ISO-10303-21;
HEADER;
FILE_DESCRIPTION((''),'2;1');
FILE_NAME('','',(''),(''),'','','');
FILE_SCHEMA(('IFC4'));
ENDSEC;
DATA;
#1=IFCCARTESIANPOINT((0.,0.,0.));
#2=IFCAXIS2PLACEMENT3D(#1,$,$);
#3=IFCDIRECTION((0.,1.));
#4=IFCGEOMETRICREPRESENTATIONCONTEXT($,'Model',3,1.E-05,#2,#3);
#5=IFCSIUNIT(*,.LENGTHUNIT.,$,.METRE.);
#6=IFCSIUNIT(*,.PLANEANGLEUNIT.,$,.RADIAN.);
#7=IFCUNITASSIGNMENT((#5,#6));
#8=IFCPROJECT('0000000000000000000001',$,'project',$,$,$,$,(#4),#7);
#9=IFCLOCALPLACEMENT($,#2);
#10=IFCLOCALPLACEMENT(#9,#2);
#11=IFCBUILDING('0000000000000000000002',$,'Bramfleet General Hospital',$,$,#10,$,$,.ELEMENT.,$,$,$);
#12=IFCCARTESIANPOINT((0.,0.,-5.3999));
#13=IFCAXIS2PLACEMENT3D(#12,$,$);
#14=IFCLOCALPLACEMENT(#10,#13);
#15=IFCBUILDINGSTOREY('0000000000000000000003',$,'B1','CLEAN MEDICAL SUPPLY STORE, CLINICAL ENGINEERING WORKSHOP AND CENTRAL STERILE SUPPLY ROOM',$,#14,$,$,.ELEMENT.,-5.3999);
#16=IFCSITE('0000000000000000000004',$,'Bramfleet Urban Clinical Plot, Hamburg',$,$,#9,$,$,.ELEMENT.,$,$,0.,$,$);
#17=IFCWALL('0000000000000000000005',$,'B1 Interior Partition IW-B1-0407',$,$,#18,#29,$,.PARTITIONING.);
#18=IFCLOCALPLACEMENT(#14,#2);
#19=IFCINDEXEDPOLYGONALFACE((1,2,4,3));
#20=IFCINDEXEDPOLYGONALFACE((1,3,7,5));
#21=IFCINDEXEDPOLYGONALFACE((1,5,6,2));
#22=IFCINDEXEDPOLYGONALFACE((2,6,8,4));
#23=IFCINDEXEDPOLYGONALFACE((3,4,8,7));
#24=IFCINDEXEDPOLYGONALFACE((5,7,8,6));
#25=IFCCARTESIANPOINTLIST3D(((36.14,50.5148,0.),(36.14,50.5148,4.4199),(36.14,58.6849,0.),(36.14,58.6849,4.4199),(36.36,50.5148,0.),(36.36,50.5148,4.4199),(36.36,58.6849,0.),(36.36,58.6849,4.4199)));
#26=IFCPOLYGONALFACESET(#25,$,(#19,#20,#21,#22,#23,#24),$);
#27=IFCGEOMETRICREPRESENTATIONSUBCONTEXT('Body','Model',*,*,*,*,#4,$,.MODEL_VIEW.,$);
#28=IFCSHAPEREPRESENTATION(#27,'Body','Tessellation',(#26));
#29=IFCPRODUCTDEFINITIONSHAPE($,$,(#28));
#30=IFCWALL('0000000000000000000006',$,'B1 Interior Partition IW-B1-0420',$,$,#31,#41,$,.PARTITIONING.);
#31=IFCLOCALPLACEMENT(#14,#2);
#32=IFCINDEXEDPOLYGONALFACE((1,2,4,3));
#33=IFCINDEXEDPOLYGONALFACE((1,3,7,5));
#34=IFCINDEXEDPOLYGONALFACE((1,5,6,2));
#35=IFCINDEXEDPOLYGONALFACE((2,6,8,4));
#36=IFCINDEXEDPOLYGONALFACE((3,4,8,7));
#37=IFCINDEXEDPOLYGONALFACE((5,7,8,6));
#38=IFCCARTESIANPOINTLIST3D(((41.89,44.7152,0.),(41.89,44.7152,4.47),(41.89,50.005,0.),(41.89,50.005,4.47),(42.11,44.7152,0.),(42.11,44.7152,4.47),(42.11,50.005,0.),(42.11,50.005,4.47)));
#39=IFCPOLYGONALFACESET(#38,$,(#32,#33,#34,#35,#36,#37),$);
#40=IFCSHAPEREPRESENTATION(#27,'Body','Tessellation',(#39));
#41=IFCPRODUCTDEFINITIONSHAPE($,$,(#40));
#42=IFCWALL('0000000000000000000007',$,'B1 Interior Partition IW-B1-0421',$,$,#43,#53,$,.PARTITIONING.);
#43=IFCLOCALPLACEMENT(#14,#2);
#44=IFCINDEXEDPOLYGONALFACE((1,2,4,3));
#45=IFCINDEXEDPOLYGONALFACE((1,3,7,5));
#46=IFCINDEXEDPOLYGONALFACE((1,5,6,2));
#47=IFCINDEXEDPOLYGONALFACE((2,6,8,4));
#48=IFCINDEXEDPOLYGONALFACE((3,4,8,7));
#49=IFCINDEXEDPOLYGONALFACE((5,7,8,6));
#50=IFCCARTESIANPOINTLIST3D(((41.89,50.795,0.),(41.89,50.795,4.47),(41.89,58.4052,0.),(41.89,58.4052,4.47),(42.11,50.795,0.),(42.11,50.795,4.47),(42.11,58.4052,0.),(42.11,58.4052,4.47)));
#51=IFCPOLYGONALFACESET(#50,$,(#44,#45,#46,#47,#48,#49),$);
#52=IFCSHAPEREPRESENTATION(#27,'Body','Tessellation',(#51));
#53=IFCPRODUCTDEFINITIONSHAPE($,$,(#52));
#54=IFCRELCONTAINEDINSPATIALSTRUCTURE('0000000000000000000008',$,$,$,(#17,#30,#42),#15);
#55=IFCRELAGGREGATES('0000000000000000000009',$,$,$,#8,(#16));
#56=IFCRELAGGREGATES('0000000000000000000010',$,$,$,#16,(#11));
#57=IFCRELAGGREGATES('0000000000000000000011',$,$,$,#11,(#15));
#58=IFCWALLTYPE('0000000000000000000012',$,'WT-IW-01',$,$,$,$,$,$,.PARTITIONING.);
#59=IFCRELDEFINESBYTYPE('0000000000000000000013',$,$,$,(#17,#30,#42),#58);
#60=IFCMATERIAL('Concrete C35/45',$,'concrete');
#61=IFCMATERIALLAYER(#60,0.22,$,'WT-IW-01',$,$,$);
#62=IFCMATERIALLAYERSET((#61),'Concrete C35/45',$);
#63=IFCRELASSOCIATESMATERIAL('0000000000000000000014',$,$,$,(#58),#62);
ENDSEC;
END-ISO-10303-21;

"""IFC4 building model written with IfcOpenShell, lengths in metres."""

from ifc_helpers import new_model, si_unit, direction, frame, frame_2d, origin, place, context, subcontext, project, spatial, rectangle, extrude, material, layer, layer_set, type_object, element, save


model = new_model("IFC4")

# Units and contexts
model_context = context("Model", 3, precision=1e-05, world=origin(), true_north=direction((0.0, 1.0)))
body_context = subcontext(model_context, "Body", "Model", "MODEL_VIEW")
ifc_project = project(units=[si_unit("LENGTHUNIT", "METRE"), si_unit("PLANEANGLEUNIT", "RADIAN")], contexts=[model_context])

# Site, building, storey
site_placement = place(None, origin())
site = spatial("IfcSite", under=ifc_project, at=site_placement, Name="Bramfleet Urban Clinical Plot, Hamburg", CompositionType="ELEMENT", RefElevation=0.0)
building_placement = place(site_placement, origin())
building = spatial("IfcBuilding", under=site, at=building_placement, Name="Bramfleet General Hospital", CompositionType="ELEMENT")
storey_placement = place(building_placement, frame((0.0, 0.0, -5.3999)))
storey = spatial("IfcBuildingStorey", under=building, at=storey_placement, Name="B1", Description="CLEAN MEDICAL SUPPLY STORE, CLINICAL ENGINEERING WORKSHOP AND CENTRAL STERILE SUPPLY ROOM", CompositionType="ELEMENT", Elevation=-5.3999)

# Shared definitions
ifc_material_1 = material(Name="Concrete C35/45", Category="concrete")

# Shared definitions
ifc_layer = layer(ifc_material_1, 0.22, Name="WT-IW-01")
ifc_layer_set = layer_set([ifc_layer], Name="Concrete C35/45")
wall_type = type_object("IfcWallType", Name="WT-IW-01", PredefinedType="PARTITIONING", material=ifc_layer_set)

# Walls
wall_1_placement = place(storey_placement, frame((36.25, 50.5149, 0.0), z_axis=(0.0, 0.0, 1.0), x_axis=(0.0, 1.0, 0.0)))
element("IfcWall", 1, at=wall_1_placement, inside=storey, type_object=wall_type, Name="B1 Interior Partition IW-B1-0407", PredefinedType="PARTITIONING", context=body_context, shape_type="SweptSolid", body=[
    extrude(rectangle(XDim=8.1702, YDim=0.22, at=frame_2d((4.085, 0.0))), origin(), (0.0, 0.0, 1.0), 4.4199),
])
wall_2_placement = place(storey_placement, frame((42.0, 44.7151, 0.0), z_axis=(0.0, 0.0, 1.0), x_axis=(0.0, 1.0, 0.0)))
element("IfcWall", 2, at=wall_2_placement, inside=storey, type_object=wall_type, Name="B1 Interior Partition IW-B1-0420", PredefinedType="PARTITIONING", context=body_context, shape_type="SweptSolid", body=[
    extrude(rectangle(XDim=5.2898, YDim=0.22, at=frame_2d((2.645, 0.0))), origin(), (0.0, 0.0, 1.0), 4.47),
])
wall_3_placement = place(storey_placement, frame((42.0, 50.7949, 0.0), z_axis=(0.0, 0.0, 1.0), x_axis=(0.0, 1.0, 0.0)))
element("IfcWall", 3, at=wall_3_placement, inside=storey, type_object=wall_type, Name="B1 Interior Partition IW-B1-0421", PredefinedType="PARTITIONING", context=body_context, shape_type="SweptSolid", body=[
    extrude(rectangle(XDim=7.6101, YDim=0.22, at=frame_2d((3.8052, 0.0))), origin(), (0.0, 0.0, 1.0), 4.47),
])

save(model, "model.ifc")
